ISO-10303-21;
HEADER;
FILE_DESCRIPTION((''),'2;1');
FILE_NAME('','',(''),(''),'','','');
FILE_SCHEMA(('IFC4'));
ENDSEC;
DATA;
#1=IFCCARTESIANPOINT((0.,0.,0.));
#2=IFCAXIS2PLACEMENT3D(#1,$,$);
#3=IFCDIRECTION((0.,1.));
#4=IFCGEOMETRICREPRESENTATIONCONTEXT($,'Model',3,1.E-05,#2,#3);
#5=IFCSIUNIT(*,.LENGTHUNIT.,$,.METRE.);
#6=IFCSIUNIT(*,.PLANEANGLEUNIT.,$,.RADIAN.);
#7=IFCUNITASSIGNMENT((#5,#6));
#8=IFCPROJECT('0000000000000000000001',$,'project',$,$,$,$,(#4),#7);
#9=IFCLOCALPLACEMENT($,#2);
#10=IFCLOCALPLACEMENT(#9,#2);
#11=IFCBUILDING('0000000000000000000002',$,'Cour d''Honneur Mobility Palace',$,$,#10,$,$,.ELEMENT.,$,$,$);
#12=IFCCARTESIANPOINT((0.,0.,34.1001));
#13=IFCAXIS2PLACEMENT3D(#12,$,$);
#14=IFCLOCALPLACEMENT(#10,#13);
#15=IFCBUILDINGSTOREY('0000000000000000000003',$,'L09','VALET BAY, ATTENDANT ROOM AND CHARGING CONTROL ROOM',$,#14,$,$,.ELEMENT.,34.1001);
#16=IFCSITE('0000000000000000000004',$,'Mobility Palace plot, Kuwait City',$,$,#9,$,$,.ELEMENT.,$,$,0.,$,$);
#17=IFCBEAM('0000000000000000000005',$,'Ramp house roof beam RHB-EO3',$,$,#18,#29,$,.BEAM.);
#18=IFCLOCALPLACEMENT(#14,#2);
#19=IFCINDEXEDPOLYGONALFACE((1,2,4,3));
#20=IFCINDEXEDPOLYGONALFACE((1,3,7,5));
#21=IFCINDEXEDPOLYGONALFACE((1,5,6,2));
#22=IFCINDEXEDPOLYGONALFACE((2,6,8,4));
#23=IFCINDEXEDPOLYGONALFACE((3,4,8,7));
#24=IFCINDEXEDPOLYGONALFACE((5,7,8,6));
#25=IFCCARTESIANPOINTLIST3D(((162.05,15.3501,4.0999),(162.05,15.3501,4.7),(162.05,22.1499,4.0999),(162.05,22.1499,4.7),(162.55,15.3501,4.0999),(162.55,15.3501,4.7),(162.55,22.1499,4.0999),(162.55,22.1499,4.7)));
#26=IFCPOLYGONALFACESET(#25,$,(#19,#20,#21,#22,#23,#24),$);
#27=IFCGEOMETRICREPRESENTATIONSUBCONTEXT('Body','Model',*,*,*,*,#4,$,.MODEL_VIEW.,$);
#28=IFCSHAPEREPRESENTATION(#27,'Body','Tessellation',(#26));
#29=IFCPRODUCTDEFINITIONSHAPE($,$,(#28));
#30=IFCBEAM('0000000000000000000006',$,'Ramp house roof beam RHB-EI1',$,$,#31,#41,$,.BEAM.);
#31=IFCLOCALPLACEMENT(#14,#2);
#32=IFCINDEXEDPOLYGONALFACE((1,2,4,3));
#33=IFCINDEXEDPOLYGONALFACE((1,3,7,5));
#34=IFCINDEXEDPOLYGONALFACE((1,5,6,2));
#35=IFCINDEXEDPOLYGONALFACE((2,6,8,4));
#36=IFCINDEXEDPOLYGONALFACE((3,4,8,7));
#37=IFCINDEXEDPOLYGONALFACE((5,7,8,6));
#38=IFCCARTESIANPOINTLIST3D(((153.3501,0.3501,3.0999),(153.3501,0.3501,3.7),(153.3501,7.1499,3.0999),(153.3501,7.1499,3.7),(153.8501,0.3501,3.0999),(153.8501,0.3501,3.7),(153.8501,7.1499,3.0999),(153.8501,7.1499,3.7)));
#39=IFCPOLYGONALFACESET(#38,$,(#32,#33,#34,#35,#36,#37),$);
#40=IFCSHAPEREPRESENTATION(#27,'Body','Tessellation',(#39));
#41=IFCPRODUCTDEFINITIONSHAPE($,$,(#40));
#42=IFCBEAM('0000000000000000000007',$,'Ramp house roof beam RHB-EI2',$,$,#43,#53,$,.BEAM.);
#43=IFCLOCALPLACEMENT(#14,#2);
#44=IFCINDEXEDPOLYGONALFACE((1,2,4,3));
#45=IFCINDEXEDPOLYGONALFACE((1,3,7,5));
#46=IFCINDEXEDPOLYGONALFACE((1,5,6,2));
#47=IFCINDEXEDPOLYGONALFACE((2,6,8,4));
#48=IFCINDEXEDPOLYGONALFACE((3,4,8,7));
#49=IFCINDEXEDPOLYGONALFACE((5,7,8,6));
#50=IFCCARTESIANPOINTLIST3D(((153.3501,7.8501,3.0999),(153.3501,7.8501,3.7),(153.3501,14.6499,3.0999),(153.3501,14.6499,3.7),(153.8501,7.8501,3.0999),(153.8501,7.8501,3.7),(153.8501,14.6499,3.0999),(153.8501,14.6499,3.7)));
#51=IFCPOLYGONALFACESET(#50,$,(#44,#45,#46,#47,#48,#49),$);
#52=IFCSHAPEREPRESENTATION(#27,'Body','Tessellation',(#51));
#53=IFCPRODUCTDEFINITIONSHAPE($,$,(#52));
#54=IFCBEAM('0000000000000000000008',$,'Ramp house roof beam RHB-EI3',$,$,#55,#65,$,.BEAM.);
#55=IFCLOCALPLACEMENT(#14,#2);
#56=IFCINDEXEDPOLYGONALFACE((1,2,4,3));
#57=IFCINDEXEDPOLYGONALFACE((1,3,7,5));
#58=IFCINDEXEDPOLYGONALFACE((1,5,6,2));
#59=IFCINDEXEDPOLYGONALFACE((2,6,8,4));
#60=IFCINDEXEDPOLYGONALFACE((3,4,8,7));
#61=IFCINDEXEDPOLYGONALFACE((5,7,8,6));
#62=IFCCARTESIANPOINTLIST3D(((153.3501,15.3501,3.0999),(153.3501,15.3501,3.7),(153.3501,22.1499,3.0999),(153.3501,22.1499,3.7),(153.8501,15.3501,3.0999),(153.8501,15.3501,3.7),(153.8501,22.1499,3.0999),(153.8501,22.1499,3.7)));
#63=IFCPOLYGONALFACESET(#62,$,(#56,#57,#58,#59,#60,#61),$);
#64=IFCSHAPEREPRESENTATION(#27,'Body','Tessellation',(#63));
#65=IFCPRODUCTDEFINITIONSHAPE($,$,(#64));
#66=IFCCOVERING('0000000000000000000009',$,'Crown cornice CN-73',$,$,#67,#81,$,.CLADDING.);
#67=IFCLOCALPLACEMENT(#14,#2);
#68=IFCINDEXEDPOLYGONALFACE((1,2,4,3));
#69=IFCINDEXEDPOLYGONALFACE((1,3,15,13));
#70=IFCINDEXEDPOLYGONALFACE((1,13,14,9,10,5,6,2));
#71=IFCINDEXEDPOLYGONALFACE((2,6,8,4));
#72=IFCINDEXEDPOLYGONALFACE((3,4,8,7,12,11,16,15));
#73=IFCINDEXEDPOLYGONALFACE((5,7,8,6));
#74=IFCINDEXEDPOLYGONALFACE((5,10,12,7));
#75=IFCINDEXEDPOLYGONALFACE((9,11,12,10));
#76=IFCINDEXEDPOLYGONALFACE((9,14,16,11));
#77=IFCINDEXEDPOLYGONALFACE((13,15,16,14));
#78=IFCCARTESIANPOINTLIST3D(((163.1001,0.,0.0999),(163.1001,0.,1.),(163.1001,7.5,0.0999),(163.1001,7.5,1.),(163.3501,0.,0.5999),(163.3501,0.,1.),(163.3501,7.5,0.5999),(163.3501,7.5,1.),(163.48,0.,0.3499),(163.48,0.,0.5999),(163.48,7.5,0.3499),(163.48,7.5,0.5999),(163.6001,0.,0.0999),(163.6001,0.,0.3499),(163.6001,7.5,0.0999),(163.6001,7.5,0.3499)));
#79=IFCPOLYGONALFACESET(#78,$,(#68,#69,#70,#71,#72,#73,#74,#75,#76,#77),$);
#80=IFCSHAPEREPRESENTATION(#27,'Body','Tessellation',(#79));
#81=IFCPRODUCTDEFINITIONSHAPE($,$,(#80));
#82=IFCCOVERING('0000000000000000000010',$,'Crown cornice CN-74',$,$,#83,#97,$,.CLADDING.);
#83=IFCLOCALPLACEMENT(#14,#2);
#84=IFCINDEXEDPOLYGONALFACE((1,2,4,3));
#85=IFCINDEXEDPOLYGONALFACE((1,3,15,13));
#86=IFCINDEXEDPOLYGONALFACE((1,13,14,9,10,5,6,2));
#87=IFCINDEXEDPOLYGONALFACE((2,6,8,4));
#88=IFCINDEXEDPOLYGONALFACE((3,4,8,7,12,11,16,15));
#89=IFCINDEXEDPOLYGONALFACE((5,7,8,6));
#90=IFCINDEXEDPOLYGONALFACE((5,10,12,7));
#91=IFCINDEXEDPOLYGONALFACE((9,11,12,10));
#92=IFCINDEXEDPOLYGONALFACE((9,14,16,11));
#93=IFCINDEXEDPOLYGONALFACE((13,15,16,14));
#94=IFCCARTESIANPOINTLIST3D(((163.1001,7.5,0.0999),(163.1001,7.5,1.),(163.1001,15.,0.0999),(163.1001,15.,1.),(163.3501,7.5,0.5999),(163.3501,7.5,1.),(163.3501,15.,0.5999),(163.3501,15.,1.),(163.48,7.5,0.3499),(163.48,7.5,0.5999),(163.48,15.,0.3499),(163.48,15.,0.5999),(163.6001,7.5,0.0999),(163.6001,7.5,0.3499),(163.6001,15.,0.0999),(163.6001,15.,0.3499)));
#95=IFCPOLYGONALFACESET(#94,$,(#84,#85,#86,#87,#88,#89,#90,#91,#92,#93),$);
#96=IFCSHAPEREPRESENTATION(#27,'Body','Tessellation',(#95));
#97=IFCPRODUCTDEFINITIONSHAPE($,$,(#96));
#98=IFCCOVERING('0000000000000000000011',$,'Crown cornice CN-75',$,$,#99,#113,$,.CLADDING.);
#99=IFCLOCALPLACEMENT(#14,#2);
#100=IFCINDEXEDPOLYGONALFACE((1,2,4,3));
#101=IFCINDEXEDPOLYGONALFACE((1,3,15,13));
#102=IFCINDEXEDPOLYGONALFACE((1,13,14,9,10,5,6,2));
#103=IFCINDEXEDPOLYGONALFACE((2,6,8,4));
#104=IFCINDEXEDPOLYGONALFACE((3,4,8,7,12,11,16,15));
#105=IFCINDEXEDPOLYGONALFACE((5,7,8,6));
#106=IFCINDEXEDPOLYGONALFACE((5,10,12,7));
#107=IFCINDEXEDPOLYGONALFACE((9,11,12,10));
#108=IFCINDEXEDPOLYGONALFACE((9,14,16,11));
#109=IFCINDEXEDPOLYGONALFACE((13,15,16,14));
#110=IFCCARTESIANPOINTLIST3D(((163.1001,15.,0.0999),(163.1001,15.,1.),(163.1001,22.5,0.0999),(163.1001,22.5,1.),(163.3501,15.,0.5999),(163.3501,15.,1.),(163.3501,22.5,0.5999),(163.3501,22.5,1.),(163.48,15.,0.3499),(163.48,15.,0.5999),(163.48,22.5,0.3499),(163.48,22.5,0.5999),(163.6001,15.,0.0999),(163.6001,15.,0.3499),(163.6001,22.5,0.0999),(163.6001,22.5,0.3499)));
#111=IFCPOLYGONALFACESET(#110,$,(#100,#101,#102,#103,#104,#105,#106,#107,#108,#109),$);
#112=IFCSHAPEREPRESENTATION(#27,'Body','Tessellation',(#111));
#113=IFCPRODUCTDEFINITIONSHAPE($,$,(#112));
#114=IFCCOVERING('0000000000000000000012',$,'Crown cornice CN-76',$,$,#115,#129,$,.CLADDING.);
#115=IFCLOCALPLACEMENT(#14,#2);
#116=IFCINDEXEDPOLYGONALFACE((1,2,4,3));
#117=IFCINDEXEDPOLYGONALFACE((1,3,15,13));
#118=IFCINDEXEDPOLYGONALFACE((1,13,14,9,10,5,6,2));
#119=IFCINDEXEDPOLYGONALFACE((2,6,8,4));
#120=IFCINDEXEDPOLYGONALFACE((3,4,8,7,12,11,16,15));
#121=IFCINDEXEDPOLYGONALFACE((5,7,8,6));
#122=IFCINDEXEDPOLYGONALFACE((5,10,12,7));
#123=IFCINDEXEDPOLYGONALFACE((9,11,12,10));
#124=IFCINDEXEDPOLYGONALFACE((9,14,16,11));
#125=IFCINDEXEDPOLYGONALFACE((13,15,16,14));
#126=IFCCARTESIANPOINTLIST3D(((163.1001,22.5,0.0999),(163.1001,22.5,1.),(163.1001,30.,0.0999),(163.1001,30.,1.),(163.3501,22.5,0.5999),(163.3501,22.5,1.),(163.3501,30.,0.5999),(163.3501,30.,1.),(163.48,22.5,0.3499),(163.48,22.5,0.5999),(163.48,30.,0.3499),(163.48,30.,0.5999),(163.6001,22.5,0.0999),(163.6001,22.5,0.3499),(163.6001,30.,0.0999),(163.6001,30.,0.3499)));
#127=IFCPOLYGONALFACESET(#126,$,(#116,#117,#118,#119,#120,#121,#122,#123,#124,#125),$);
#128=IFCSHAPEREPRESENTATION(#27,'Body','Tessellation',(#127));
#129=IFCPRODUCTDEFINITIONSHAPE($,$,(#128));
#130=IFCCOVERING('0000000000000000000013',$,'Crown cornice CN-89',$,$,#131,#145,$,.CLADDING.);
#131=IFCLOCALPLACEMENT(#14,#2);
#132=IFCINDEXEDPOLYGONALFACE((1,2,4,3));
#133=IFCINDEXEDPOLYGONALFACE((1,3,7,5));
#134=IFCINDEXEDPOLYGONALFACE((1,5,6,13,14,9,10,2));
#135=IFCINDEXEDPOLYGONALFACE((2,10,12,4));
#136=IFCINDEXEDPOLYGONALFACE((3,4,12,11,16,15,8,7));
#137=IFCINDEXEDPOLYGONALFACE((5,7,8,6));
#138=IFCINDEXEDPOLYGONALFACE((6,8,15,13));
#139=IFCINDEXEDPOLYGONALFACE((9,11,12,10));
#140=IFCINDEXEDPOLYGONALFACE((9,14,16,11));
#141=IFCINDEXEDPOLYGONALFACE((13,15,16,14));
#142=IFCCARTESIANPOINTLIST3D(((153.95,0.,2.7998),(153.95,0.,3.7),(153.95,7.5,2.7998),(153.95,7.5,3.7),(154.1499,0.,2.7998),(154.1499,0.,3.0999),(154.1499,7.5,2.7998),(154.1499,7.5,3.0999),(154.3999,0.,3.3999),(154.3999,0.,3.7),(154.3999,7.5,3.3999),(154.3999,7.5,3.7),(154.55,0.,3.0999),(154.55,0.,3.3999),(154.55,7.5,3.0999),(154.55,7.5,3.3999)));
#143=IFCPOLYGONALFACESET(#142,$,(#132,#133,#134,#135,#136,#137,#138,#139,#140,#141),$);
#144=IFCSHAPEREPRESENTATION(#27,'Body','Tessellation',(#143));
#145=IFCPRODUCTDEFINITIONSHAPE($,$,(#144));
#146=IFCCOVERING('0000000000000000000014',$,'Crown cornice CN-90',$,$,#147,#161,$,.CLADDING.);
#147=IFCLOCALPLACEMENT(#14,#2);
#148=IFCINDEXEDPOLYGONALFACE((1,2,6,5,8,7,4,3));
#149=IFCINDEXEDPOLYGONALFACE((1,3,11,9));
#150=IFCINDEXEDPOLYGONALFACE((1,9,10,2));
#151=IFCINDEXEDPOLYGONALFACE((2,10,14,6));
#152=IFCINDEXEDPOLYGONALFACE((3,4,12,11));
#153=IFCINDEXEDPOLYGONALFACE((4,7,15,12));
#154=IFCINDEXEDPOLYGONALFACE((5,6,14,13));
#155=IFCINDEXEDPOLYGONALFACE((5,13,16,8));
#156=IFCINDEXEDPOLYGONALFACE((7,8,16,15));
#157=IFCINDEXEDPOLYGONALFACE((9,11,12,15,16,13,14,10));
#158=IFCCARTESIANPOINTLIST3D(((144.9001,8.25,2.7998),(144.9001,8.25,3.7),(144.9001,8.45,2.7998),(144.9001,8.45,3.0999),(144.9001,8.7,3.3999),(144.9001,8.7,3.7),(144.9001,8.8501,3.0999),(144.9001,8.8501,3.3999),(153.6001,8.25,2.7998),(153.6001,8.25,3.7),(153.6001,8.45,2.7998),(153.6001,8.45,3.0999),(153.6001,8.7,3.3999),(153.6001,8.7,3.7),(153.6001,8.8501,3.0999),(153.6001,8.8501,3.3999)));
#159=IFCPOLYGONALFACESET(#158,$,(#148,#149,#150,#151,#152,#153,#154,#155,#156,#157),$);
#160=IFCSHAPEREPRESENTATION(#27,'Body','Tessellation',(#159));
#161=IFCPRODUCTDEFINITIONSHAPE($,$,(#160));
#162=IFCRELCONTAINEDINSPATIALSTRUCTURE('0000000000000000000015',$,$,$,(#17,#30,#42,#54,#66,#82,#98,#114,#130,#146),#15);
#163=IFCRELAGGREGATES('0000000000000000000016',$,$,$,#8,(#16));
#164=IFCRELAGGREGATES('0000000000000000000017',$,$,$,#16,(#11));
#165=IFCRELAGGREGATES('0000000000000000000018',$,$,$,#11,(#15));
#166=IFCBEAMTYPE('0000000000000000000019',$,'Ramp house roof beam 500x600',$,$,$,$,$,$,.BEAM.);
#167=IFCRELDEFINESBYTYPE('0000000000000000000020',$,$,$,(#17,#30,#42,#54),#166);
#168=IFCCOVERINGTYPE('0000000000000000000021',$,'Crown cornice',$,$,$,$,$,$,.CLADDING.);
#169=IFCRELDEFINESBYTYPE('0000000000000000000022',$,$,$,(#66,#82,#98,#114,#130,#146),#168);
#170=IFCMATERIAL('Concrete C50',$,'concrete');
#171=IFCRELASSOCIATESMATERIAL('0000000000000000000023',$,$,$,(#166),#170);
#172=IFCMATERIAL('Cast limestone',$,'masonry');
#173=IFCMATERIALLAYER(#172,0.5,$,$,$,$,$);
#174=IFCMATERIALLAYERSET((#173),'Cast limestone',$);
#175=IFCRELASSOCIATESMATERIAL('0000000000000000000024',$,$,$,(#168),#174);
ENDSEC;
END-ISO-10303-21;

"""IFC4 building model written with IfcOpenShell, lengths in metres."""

from ifc_helpers import new_model, si_unit, direction, frame, origin, origin_2d, place, context, subcontext, project, spatial, polyline, rectangle, outline, extrude, material, layer, layer_set, material_profile, profile_set, type_object, element, save


model = new_model("IFC4")

# Units and contexts
model_context = context("Model", 3, precision=1e-05, world=origin(), true_north=direction((0.0, 1.0)))
body_context = subcontext(model_context, "Body", "Model", "MODEL_VIEW")
ifc_project = project(units=[si_unit("LENGTHUNIT", "METRE"), si_unit("PLANEANGLEUNIT", "RADIAN")], contexts=[model_context])

# Site, building, storey
site_placement = place(None, origin())
site = spatial("IfcSite", under=ifc_project, at=site_placement, Name="Mobility Palace plot, Kuwait City", CompositionType="ELEMENT", RefElevation=0.0)
building_placement = place(site_placement, origin())
building = spatial("IfcBuilding", under=site, at=building_placement, Name="Cour d'Honneur Mobility Palace", CompositionType="ELEMENT")
storey_placement = place(building_placement, frame((0.0, 0.0, 34.1001)))
storey = spatial("IfcBuildingStorey", under=building, at=storey_placement, Name="L09", Description="VALET BAY, ATTENDANT ROOM AND CHARGING CONTROL ROOM", CompositionType="ELEMENT", Elevation=34.1001)

# Beams
ifc_material_1 = material(Name="Concrete C50", Category="concrete")
ifc_material_profile_1 = material_profile(ifc_material_1, rectangle(XDim=0.5, YDim=0.6001, at=origin_2d()), Name="Ramp house roof beam 500x600")
ifc_profile_set_1 = profile_set([ifc_material_profile_1], Name="Concrete C50")
beam_type_1 = type_object("IfcBeamType", Name="Ramp house roof beam 500x600", PredefinedType="BEAM", material=ifc_profile_set_1)
for number, where, z_axis, x_axis, name in (
    (1, (162.3, 15.3501, 4.3999), (0.0, 1.0, 0.0), (-1.0, 0.0, 0.0), "Ramp house roof beam RHB-EO3"),
    (2, (153.6001, 0.3501, 3.3999), (0.0, 1.0, 0.0), (-1.0, 0.0, 0.0), "Ramp house roof beam RHB-EI1"),
    (3, (153.6001, 7.8501, 3.3999), (0.0, 1.0, 0.0), (-1.0, 0.0, 0.0), "Ramp house roof beam RHB-EI2"),
    (4, (153.6001, 15.3501, 3.3999), (0.0, 1.0, 0.0), (-1.0, 0.0, 0.0), "Ramp house roof beam RHB-EI3"),
):
    element("IfcBeam", number, at=place(storey_placement, frame(where, z_axis=z_axis, x_axis=x_axis)), inside=storey, type_object=beam_type_1, Name=name, PredefinedType="BEAM", context=body_context, shape_type="SweptSolid", body=[
        extrude(rectangle(XDim=0.5, YDim=0.6001, at=origin_2d()), origin(), (0.0, 0.0, 1.0), 6.7998),
    ])

# Coverings
ifc_material_2 = material(Name="Cast limestone", Category="masonry")
ifc_layer_1 = layer(ifc_material_2, 0.5)
ifc_layer_set_1 = layer_set([ifc_layer_1], Name="Cast limestone")
covering_type_1 = type_object("IfcCoveringType", Name="Crown cornice", PredefinedType="CLADDING", material=ifc_layer_set_1)
for number, where, z_axis, x_axis, name in (
    (5, (163.1001, 0.0, 0.0999), (0.0, -1.0, 0.0), (1.0, 0.0, 0.0), "Crown cornice CN-73"),
    (6, (163.1001, 7.5, 0.0999), (0.0, -1.0, 0.0), (1.0, 0.0, 0.0), "Crown cornice CN-74"),
    (7, (163.1001, 15.0, 0.0999), (0.0, -1.0, 0.0), (1.0, 0.0, 0.0), "Crown cornice CN-75"),
    (8, (163.1001, 22.5, 0.0999), (0.0, -1.0, 0.0), (1.0, 0.0, 0.0), "Crown cornice CN-76"),
):
    element("IfcCovering", number, at=place(storey_placement, frame(where, z_axis=z_axis, x_axis=x_axis)), inside=storey, type_object=covering_type_1, Name=name, PredefinedType="CLADDING", context=body_context, shape_type="SweptSolid", body=[
        extrude(outline(polyline([(0.0, 0.0), (0.5, 0.0), (0.5, 0.25), (0.3799, 0.25), (0.3799, 0.5), (0.25, 0.5), (0.25, 0.9001), (0.0, 0.9001), (0.0, 0.0)])), origin(), (0.0, 0.0, -1.0), 7.5),
    ])
covering_1_placement = place(storey_placement, frame((153.95, 0.0, 2.7998), z_axis=(0.0, -1.0, 0.0), x_axis=(1.0, 0.0, 0.0)))
element("IfcCovering", 9, at=covering_1_placement, inside=storey, type_object=covering_type_1, Name="Crown cornice CN-89", PredefinedType="CLADDING", context=body_context, shape_type="SweptSolid", body=[
    extrude(outline(polyline([(0.0, 0.0), (0.2, 0.0), (0.2, 0.3), (0.6001, 0.3), (0.6001, 0.6001), (0.45, 0.6001), (0.45, 0.9001), (0.0, 0.9001), (0.0, 0.0)])), origin(), (0.0, 0.0, -1.0), 7.5),
])
covering_2_placement = place(storey_placement, frame((153.6001, 8.25, 2.7998), z_axis=(1.0, 0.0, 0.0), x_axis=(0.0, 1.0, 0.0)))
element("IfcCovering", 10, at=covering_2_placement, inside=storey, type_object=covering_type_1, Name="Crown cornice CN-90", PredefinedType="CLADDING", context=body_context, shape_type="SweptSolid", body=[
    extrude(outline(polyline([(0.0, 0.0), (0.2, 0.0), (0.2, 0.3), (0.6001, 0.3), (0.6001, 0.6001), (0.45, 0.6001), (0.45, 0.9001), (0.0, 0.9001), (0.0, 0.0)])), origin(), (0.0, 0.0, -1.0), 8.7),
])

save(model, "model.ifc")
